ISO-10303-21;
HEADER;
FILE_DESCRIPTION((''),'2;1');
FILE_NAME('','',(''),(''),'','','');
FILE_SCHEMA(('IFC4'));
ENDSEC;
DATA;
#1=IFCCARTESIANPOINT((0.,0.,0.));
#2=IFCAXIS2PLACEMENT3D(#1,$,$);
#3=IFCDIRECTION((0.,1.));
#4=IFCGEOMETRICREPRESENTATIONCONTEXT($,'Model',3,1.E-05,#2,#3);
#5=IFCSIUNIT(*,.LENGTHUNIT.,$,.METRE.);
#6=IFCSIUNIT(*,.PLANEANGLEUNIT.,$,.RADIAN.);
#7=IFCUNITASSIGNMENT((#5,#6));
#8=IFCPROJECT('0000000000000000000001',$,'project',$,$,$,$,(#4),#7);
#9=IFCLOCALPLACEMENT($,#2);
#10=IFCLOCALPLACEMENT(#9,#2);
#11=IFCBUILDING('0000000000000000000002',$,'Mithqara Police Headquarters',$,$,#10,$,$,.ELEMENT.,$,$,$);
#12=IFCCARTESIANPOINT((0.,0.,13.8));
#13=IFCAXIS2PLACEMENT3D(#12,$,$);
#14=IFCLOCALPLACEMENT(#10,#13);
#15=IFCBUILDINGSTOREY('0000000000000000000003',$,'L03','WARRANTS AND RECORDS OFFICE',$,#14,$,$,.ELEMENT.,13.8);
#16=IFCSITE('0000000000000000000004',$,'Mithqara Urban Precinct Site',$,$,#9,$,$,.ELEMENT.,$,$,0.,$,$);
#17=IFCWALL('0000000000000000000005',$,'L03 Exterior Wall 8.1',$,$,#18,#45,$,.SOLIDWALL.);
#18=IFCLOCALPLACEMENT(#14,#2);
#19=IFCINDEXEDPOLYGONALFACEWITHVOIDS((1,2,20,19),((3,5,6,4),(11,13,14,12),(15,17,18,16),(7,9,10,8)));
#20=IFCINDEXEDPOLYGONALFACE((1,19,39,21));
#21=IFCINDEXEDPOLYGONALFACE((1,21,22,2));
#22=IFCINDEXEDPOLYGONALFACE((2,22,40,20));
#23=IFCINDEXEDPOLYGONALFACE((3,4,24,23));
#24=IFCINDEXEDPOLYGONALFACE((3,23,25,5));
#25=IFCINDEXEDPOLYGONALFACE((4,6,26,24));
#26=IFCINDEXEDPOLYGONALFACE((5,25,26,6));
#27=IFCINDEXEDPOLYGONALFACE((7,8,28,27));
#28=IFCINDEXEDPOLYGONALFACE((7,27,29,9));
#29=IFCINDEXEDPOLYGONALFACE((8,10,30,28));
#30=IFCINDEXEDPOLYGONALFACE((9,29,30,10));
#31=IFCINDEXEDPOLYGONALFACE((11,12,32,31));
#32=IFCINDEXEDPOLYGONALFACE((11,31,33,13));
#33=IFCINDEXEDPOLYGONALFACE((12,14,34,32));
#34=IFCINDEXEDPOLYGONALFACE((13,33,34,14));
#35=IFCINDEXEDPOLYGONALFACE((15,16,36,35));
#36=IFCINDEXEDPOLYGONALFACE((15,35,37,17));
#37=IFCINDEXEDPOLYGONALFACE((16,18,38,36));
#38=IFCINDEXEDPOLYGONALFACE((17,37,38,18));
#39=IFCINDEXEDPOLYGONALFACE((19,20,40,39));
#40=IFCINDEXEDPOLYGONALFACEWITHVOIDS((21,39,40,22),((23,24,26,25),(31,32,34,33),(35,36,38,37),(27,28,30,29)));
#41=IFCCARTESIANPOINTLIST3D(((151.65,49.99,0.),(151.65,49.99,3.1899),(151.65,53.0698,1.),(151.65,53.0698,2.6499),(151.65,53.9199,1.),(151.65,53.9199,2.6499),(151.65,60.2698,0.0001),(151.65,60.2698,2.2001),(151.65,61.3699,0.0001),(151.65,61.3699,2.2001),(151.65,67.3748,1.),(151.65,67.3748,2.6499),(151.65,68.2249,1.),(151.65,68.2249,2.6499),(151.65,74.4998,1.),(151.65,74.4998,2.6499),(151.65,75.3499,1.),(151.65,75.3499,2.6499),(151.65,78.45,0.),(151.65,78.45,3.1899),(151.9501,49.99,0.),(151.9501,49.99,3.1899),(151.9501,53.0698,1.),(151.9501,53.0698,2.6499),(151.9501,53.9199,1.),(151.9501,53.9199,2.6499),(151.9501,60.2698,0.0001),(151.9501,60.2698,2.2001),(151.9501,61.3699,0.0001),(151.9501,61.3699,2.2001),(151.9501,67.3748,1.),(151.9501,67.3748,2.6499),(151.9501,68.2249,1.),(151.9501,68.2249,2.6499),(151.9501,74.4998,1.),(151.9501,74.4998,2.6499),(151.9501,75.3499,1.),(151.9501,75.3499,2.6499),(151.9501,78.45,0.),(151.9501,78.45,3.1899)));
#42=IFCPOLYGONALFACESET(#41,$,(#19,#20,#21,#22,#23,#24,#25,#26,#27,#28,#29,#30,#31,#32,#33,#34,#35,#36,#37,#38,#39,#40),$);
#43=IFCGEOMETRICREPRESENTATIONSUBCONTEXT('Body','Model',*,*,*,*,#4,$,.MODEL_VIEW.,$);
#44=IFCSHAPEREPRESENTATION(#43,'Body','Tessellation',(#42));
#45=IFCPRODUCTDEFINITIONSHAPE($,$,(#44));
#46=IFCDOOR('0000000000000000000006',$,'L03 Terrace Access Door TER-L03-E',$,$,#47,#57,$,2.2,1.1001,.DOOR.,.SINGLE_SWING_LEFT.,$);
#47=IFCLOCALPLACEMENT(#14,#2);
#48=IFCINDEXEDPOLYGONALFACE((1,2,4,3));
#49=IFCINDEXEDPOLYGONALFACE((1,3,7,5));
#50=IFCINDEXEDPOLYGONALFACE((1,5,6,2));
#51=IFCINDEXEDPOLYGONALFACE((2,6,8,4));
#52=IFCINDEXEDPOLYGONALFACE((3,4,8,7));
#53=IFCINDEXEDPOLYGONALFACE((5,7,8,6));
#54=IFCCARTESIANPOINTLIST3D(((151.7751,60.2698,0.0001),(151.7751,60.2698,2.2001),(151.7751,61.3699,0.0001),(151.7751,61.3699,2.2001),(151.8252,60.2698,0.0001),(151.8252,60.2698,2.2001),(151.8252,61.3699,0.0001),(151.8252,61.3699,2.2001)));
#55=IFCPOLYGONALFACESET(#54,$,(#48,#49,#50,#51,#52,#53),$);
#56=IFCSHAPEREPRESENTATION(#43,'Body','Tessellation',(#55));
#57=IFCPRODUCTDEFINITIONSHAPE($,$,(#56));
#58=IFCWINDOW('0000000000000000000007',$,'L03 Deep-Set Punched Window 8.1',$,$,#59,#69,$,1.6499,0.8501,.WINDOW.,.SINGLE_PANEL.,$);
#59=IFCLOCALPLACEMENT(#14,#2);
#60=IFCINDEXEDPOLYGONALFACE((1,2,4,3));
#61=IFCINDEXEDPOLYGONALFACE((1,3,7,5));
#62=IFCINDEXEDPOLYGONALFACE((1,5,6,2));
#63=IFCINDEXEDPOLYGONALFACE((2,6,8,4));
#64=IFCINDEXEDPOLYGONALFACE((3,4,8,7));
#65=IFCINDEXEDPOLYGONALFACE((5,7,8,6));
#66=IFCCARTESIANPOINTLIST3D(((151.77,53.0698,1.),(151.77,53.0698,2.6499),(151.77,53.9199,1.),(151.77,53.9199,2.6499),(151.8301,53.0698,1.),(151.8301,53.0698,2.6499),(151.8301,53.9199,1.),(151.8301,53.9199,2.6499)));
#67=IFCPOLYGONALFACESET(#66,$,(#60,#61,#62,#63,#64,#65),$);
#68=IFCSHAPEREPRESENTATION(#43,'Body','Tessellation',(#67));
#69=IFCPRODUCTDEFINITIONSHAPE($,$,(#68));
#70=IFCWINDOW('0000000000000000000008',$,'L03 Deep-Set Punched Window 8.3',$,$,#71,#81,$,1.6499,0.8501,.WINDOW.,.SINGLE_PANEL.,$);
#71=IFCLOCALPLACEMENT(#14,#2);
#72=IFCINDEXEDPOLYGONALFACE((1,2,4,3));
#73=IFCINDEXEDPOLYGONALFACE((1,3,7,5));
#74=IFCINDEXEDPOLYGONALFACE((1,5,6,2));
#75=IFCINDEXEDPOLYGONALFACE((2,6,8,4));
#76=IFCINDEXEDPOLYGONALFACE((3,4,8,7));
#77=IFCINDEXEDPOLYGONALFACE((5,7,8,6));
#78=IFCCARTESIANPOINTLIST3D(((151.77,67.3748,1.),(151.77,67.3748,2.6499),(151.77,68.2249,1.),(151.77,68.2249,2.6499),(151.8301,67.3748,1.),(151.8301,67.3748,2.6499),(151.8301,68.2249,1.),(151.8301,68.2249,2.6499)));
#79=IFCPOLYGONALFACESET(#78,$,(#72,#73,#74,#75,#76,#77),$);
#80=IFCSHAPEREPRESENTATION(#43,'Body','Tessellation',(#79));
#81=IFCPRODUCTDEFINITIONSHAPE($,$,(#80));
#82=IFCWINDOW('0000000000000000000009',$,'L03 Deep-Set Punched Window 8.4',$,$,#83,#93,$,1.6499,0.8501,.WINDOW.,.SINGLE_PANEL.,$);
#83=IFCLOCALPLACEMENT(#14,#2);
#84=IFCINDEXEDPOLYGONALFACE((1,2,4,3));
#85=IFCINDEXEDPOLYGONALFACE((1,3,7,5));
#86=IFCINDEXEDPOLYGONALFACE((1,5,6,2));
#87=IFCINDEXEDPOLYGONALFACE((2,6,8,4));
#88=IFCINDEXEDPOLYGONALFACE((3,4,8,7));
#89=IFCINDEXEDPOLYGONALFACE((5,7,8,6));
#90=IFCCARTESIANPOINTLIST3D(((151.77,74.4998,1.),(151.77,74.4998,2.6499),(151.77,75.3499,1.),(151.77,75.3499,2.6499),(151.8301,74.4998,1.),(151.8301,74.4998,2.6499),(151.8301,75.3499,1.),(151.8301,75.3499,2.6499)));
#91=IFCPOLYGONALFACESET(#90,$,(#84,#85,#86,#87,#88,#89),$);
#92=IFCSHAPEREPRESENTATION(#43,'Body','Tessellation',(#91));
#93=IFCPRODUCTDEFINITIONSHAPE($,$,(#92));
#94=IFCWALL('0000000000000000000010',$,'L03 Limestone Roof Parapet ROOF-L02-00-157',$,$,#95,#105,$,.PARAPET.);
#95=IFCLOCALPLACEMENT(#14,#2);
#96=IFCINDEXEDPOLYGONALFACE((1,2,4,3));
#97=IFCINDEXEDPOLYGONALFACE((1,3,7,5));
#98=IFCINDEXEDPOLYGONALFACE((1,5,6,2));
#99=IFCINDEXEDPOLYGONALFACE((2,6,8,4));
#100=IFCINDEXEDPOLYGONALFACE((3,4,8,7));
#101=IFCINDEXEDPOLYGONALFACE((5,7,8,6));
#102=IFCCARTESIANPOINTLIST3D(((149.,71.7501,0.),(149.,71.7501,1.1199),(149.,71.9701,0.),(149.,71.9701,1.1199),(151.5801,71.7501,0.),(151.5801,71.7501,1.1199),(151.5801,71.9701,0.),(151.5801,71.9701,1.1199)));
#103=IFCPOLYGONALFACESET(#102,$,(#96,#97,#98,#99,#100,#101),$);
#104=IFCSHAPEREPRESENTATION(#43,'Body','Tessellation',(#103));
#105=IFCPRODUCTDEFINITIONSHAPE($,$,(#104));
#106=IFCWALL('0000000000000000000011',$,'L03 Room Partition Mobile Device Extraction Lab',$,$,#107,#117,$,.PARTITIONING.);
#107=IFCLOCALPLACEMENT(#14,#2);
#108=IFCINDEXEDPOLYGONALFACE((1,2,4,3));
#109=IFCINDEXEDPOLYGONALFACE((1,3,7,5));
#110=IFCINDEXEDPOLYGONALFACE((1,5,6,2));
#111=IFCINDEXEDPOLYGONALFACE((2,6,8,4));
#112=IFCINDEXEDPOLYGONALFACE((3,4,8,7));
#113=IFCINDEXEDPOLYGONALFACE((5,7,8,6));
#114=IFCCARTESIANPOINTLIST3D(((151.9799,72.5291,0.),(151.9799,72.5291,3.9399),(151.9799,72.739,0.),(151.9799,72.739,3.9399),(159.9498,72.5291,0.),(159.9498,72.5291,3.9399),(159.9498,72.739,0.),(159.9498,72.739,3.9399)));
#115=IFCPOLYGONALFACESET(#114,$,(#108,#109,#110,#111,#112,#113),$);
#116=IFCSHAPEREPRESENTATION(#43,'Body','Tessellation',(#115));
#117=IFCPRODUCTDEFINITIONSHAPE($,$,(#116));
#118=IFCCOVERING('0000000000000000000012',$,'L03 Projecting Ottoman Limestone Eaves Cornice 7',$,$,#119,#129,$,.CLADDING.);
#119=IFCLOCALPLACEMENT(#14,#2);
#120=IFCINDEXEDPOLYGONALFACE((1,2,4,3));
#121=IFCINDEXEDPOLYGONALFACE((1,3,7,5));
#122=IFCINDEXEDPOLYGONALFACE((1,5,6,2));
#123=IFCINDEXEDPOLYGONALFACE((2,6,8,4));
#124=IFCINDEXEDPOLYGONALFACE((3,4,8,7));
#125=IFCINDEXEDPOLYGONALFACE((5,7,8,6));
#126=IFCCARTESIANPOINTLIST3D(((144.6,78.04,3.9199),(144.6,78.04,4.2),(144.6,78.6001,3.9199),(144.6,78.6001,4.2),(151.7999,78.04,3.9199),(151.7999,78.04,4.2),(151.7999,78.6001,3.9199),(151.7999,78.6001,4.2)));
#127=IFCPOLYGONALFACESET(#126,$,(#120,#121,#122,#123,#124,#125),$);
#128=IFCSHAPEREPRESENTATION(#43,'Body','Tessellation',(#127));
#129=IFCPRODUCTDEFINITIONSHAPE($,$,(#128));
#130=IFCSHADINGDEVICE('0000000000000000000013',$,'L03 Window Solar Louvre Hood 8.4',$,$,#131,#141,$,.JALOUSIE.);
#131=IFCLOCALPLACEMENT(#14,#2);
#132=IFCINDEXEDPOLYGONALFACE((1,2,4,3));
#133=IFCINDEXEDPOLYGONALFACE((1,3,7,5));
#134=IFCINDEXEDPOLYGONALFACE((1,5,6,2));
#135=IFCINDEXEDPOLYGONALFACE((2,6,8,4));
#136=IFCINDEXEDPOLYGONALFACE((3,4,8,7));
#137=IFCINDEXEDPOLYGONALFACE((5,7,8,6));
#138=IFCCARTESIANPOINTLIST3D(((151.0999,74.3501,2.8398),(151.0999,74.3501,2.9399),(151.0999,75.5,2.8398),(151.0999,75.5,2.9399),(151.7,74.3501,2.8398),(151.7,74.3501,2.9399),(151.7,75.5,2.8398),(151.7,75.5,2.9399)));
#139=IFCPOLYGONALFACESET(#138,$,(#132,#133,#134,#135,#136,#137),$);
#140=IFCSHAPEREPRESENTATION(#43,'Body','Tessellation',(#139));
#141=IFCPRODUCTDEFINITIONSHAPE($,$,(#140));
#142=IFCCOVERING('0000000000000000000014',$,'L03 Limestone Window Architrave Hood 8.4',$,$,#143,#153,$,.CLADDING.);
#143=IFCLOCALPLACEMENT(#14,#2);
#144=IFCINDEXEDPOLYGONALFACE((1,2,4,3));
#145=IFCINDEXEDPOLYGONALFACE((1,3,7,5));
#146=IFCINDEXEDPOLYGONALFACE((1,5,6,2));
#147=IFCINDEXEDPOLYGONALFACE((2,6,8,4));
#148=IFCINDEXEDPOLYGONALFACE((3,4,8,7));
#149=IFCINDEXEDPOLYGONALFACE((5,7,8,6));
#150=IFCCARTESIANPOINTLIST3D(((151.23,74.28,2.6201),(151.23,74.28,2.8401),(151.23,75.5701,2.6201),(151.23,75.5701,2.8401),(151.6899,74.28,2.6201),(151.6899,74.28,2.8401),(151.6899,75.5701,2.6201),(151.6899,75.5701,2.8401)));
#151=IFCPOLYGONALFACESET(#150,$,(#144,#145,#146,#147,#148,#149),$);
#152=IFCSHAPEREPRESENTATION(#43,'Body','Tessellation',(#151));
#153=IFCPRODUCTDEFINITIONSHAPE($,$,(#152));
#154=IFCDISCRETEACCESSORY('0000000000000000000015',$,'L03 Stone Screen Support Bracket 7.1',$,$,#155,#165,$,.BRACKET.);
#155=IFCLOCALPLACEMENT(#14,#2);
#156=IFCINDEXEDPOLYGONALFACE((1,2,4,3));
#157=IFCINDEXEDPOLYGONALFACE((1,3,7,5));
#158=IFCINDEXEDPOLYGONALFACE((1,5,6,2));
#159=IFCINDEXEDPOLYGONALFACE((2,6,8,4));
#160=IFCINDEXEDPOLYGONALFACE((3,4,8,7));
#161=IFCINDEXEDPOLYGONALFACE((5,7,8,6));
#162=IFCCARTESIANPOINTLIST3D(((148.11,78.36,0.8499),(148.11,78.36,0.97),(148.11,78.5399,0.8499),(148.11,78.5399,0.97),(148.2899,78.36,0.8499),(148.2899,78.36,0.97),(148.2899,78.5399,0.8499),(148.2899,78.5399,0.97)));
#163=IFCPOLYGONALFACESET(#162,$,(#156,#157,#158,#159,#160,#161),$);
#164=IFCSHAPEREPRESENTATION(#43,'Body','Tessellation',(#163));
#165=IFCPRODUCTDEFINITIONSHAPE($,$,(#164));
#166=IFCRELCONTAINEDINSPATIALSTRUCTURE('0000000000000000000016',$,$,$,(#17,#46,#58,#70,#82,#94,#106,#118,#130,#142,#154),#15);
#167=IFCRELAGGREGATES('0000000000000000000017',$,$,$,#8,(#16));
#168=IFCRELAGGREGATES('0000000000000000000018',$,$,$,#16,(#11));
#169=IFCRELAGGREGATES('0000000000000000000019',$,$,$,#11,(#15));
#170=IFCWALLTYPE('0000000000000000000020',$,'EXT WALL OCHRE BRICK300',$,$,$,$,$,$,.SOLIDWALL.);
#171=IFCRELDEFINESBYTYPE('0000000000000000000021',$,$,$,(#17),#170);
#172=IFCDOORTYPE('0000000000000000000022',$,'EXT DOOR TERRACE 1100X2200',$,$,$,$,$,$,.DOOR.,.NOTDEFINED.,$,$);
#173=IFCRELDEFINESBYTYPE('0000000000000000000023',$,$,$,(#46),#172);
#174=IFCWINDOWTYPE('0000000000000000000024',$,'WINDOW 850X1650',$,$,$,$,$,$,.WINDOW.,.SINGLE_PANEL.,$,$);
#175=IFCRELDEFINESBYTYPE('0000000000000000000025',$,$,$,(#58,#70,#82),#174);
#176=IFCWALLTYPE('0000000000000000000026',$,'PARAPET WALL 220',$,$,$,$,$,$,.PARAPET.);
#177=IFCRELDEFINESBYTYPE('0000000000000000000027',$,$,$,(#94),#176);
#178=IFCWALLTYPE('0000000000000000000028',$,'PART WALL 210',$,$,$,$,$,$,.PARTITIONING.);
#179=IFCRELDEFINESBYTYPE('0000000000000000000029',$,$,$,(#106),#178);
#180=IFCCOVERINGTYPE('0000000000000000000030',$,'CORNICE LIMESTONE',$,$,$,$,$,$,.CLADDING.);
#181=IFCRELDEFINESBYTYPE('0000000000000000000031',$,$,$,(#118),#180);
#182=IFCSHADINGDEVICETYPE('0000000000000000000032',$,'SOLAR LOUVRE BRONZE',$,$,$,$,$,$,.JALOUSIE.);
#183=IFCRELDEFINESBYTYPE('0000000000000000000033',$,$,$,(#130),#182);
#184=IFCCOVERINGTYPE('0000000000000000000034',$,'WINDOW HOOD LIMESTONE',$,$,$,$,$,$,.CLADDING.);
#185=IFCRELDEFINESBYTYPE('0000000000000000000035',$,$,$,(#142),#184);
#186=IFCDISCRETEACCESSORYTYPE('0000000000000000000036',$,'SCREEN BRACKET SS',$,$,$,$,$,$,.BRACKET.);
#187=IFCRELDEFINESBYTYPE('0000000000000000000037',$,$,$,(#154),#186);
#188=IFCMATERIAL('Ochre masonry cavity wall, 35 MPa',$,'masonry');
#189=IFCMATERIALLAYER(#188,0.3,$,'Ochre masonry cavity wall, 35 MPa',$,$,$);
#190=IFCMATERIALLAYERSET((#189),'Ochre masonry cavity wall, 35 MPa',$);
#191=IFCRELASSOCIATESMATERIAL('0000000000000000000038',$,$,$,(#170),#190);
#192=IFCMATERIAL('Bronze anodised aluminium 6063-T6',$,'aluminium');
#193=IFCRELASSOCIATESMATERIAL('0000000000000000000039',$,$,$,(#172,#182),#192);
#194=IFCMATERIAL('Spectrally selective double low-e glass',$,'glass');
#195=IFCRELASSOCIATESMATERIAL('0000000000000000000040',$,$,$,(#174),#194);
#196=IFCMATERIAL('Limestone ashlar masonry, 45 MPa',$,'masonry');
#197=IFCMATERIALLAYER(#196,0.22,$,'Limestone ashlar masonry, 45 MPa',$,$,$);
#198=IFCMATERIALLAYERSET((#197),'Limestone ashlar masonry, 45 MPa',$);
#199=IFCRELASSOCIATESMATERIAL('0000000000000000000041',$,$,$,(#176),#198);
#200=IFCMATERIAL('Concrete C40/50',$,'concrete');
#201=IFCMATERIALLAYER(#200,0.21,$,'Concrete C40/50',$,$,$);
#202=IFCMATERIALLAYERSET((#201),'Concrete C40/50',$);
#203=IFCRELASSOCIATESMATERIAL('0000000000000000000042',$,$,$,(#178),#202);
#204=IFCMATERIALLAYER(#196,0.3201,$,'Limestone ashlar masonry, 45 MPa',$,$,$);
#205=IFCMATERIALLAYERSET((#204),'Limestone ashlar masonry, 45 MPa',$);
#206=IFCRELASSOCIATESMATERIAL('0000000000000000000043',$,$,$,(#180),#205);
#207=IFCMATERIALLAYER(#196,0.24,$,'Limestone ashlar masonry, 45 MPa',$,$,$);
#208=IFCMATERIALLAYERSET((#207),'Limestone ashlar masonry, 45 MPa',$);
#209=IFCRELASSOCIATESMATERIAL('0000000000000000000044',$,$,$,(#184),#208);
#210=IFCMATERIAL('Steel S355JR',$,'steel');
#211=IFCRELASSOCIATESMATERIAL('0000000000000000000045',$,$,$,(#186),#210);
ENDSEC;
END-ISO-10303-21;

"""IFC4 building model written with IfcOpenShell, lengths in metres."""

from ifc_helpers import new_model, si_unit, direction, frame, frame_2d, origin, origin_2d, place, context, subcontext, project, spatial, rectangle, extrude, material, layer, layer_set, type_object, element, fill, save


model = new_model("IFC4")

# Units and contexts
model_context = context("Model", 3, precision=1e-05, world=origin(), true_north=direction((0.0, 1.0)))
body_context = subcontext(model_context, "Body", "Model", "MODEL_VIEW")
ifc_project = project(units=[si_unit("LENGTHUNIT", "METRE"), si_unit("PLANEANGLEUNIT", "RADIAN")], contexts=[model_context])

# Site, building, storey
site_placement = place(None, origin())
site = spatial("IfcSite", under=ifc_project, at=site_placement, Name="Mithqara Urban Precinct Site", CompositionType="ELEMENT", RefElevation=0.0)
building_placement = place(site_placement, origin())
building = spatial("IfcBuilding", under=site, at=building_placement, Name="Mithqara Police Headquarters", CompositionType="ELEMENT")
storey_placement = place(building_placement, frame((0.0, 0.0, 13.8)))
storey = spatial("IfcBuildingStorey", under=building, at=storey_placement, Name="L03", Description="WARRANTS AND RECORDS OFFICE", CompositionType="ELEMENT", Elevation=13.8)

# Shared definitions
ifc_material_1 = material(Name="Steel S355JR", Category="steel")
ifc_material_2 = material(Name="Concrete C40/50", Category="concrete")

# Shared definitions
ifc_material_3 = material(Name="Limestone ashlar masonry, 45 MPa", Category="masonry")

# Wall, openings, door, windows
ifc_material_4 = material(Name="Ochre masonry cavity wall, 35 MPa", Category="masonry")
ifc_layer_1 = layer(ifc_material_4, 0.3, Name="Ochre masonry cavity wall, 35 MPa")
ifc_layer_set_1 = layer_set([ifc_layer_1], Name="Ochre masonry cavity wall, 35 MPa")
wall_type_1 = type_object("IfcWallType", Name="EXT WALL OCHRE BRICK300", PredefinedType="SOLIDWALL", material=ifc_layer_set_1)
wall_1_placement = place(storey_placement, frame((151.8, 78.45, 0.0), z_axis=(0.0, 0.0, 1.0), x_axis=(0.0, -1.0, 0.0)))
wall_1 = element("IfcWall", 1, at=wall_1_placement, inside=storey, type_object=wall_type_1, Name="L03 Exterior Wall 8.1", PredefinedType="SOLIDWALL", context=body_context, shape_type="SweptSolid", body=[
    extrude(rectangle(XDim=28.46, YDim=0.3, at=frame_2d((14.23, 0.0))), origin(), (0.0, 0.0, 1.0), 3.1899),
])
opening_1_placement = place(wall_1_placement, frame((17.0801, 0.0, 0.0)))
opening_1 = element("IfcOpeningElement", 2, at=opening_1_placement, cuts=wall_1, PredefinedType="OPENING", context=body_context, shape_type="SweptSolid", body=[
    extrude(rectangle(XDim=1.1001, YDim=2.2, at=frame_2d((0.55, 1.1001))), frame((0.0, 0.1602, 0.0), z_axis=(0.0, -1.0, 0.0), x_axis=(1.0, 0.0, 0.0)), (0.0, 0.0, 1.0), 0.3201),
])
opening_2_placement = place(wall_1_placement, frame((24.53, 0.0, 1.0)))
opening_2 = element("IfcOpeningElement", 3, at=opening_2_placement, cuts=wall_1, PredefinedType="OPENING", context=body_context, shape_type="SweptSolid", body=[
    extrude(rectangle(XDim=0.8501, YDim=1.6499, at=frame_2d((0.425, 0.825))), frame((0.0, 0.1602, 0.0), z_axis=(0.0, -1.0, 0.0), x_axis=(1.0, 0.0, 0.0)), (0.0, 0.0, 1.0), 0.3201),
])
opening_3_placement = place(wall_1_placement, frame((10.2251, 0.0, 1.0)))
opening_3 = element("IfcOpeningElement", 4, at=opening_3_placement, cuts=wall_1, PredefinedType="OPENING", context=body_context, shape_type="SweptSolid", body=[
    extrude(rectangle(XDim=0.8501, YDim=1.6499, at=frame_2d((0.425, 0.825))), frame((0.0, 0.1602, 0.0), z_axis=(0.0, -1.0, 0.0), x_axis=(1.0, 0.0, 0.0)), (0.0, 0.0, 1.0), 0.3201),
])
opening_4_placement = place(wall_1_placement, frame((3.1001, 0.0, 1.0)))
opening_4 = element("IfcOpeningElement", 5, at=opening_4_placement, cuts=wall_1, PredefinedType="OPENING", context=body_context, shape_type="SweptSolid", body=[
    extrude(rectangle(XDim=0.8501, YDim=1.6499, at=frame_2d((0.425, 0.825))), frame((0.0, 0.1602, 0.0), z_axis=(0.0, -1.0, 0.0), x_axis=(1.0, 0.0, 0.0)), (0.0, 0.0, 1.0), 0.3201),
])
ifc_material_5 = material(Name="Bronze anodised aluminium 6063-T6", Category="aluminium")
door_type = type_object("IfcDoorType", Name="EXT DOOR TERRACE 1100X2200", OperationType="NOTDEFINED", PredefinedType="DOOR", material=ifc_material_5)
door_placement = place(opening_1_placement, frame((1.1001, 0.0, 0.0), z_axis=(0.0, 0.0, 1.0), x_axis=(-1.0, 0.0, 0.0)))
door = element("IfcDoor", 6, at=door_placement, inside=storey, type_object=door_type, Name="L03 Terrace Access Door TER-L03-E", OperationType="SINGLE_SWING_LEFT", OverallHeight=2.2, OverallWidth=1.1001, PredefinedType="DOOR", context=body_context, shape_type="SweptSolid", body=[
    extrude(rectangle(XDim=1.1001, YDim=2.2, at=frame_2d((0.55, 1.1001))), frame((0.0, 0.0249, 0.0), z_axis=(0.0, -1.0, 0.0), x_axis=(1.0, 0.0, 0.0)), (0.0, 0.0, 1.0), 0.05),
])
fill(opening_1, door)
ifc_material_6 = material(Name="Spectrally selective double low-e glass", Category="glass")
window_type = type_object("IfcWindowType", Name="WINDOW 850X1650", PartitioningType="SINGLE_PANEL", PredefinedType="WINDOW", material=ifc_material_6)
window_1_placement = place(opening_2_placement, origin())
window_1 = element("IfcWindow", 7, at=window_1_placement, inside=storey, type_object=window_type, Name="L03 Deep-Set Punched Window 8.1", OverallHeight=1.6499, OverallWidth=0.8501, PartitioningType="SINGLE_PANEL", PredefinedType="WINDOW", context=body_context, shape_type="SweptSolid", body=[
    extrude(rectangle(XDim=0.8501, YDim=1.6499, at=frame_2d((0.425, 0.825))), frame((0.0, 0.03, 0.0), z_axis=(0.0, -1.0, 0.0), x_axis=(1.0, 0.0, 0.0)), (0.0, 0.0, 1.0), 0.0601),
])
fill(opening_2, window_1)
window_2_placement = place(opening_3_placement, origin())
window_2 = element("IfcWindow", 8, at=window_2_placement, inside=storey, type_object=window_type, Name="L03 Deep-Set Punched Window 8.3", OverallHeight=1.6499, OverallWidth=0.8501, PartitioningType="SINGLE_PANEL", PredefinedType="WINDOW", context=body_context, shape_type="SweptSolid", body=[
    extrude(rectangle(XDim=0.8501, YDim=1.6499, at=frame_2d((0.425, 0.825))), frame((0.0, 0.03, 0.0), z_axis=(0.0, -1.0, 0.0), x_axis=(1.0, 0.0, 0.0)), (0.0, 0.0, 1.0), 0.0601),
])
fill(opening_3, window_2)
window_3_placement = place(opening_4_placement, origin())
window_3 = element("IfcWindow", 9, at=window_3_placement, inside=storey, type_object=window_type, Name="L03 Deep-Set Punched Window 8.4", OverallHeight=1.6499, OverallWidth=0.8501, PartitioningType="SINGLE_PANEL", PredefinedType="WINDOW", context=body_context, shape_type="SweptSolid", body=[
    extrude(rectangle(XDim=0.8501, YDim=1.6499, at=frame_2d((0.425, 0.825))), frame((0.0, 0.03, 0.0), z_axis=(0.0, -1.0, 0.0), x_axis=(1.0, 0.0, 0.0)), (0.0, 0.0, 1.0), 0.0601),
])
fill(opening_4, window_3)

# Walls
ifc_layer_2 = layer(ifc_material_3, 0.22, Name="Limestone ashlar masonry, 45 MPa")
ifc_layer_set_2 = layer_set([ifc_layer_2], Name="Limestone ashlar masonry, 45 MPa")
wall_type_2 = type_object("IfcWallType", Name="PARAPET WALL 220", PredefinedType="PARAPET", material=ifc_layer_set_2)
wall_2_placement = place(storey_placement, frame((151.5801, 71.8601, 0.0), z_axis=(0.0, 0.0, 1.0), x_axis=(-1.0, 0.0, 0.0)))
element("IfcWall", 10, at=wall_2_placement, inside=storey, type_object=wall_type_2, Name="L03 Limestone Roof Parapet ROOF-L02-00-157", PredefinedType="PARAPET", context=body_context, shape_type="SweptSolid", body=[
    extrude(rectangle(XDim=2.5801, YDim=0.22, at=frame_2d((1.29, 0.0))), origin(), (0.0, 0.0, 1.0), 1.1199),
])
ifc_layer_3 = layer(ifc_material_2, 0.21, Name="Concrete C40/50")
ifc_layer_set_3 = layer_set([ifc_layer_3], Name="Concrete C40/50")
wall_type_3 = type_object("IfcWallType", Name="PART WALL 210", PredefinedType="PARTITIONING", material=ifc_layer_set_3)
wall_3_placement = place(storey_placement, frame((151.98, 72.634, 0.0), z_axis=(0.0, 0.0, 1.0), x_axis=(1.0, 0.0, 0.0)))
element("IfcWall", 11, at=wall_3_placement, inside=storey, type_object=wall_type_3, Name="L03 Room Partition Mobile Device Extraction Lab", PredefinedType="PARTITIONING", context=body_context, shape_type="SweptSolid", body=[
    extrude(rectangle(XDim=7.97, YDim=0.21, at=frame_2d((3.9849, 0.0))), origin(), (0.0, 0.0, 1.0), 3.9399),
])

# Covering
ifc_layer_4 = layer(ifc_material_3, 0.3201, Name="Limestone ashlar masonry, 45 MPa")
ifc_layer_set_4 = layer_set([ifc_layer_4], Name="Limestone ashlar masonry, 45 MPa")
covering_type_1 = type_object("IfcCoveringType", Name="CORNICE LIMESTONE", PredefinedType="CLADDING", material=ifc_layer_set_4)
covering_1_placement = place(storey_placement, frame((148.2, 78.3201, 3.9199), z_axis=(0.0, 0.0, 1.0), x_axis=(1.0, 0.0, 0.0)))
element("IfcCovering", 12, at=covering_1_placement, inside=storey, type_object=covering_type_1, Name="L03 Projecting Ottoman Limestone Eaves Cornice 7", PredefinedType="CLADDING", context=body_context, shape_type="SweptSolid", body=[
    extrude(rectangle(XDim=7.2, YDim=0.5601, at=origin_2d()), origin(), (0.0, 0.0, 1.0), 0.28),
])

# Shading device
shading_device_type = type_object("IfcShadingDeviceType", Name="SOLAR LOUVRE BRONZE", PredefinedType="JALOUSIE", material=ifc_material_5)
shading_device_placement = place(storey_placement, frame((151.3999, 74.925, 2.8398), z_axis=(0.0, 0.0, 1.0), x_axis=(0.0, 1.0, 0.0)))
element("IfcShadingDevice", 13, at=shading_device_placement, inside=storey, type_object=shading_device_type, Name="L03 Window Solar Louvre Hood 8.4", PredefinedType="JALOUSIE", context=body_context, shape_type="SweptSolid", body=[
    extrude(rectangle(XDim=1.1499, YDim=0.6001, at=origin_2d()), origin(), (0.0, 0.0, 1.0), 0.1001),
])

# Covering
ifc_layer_5 = layer(ifc_material_3, 0.24, Name="Limestone ashlar masonry, 45 MPa")
ifc_layer_set_5 = layer_set([ifc_layer_5], Name="Limestone ashlar masonry, 45 MPa")
covering_type_2 = type_object("IfcCoveringType", Name="WINDOW HOOD LIMESTONE", PredefinedType="CLADDING", material=ifc_layer_set_5)
covering_2_placement = place(storey_placement, frame((151.46, 74.925, 2.6201), z_axis=(0.0, 0.0, 1.0), x_axis=(0.0, 1.0, 0.0)))
element("IfcCovering", 14, at=covering_2_placement, inside=storey, type_object=covering_type_2, Name="L03 Limestone Window Architrave Hood 8.4", PredefinedType="CLADDING", context=body_context, shape_type="SweptSolid", body=[
    extrude(rectangle(XDim=1.29, YDim=0.46, at=origin_2d()), origin(), (0.0, 0.0, 1.0), 0.22),
])

# Discrete accessory
discrete_accessory_type = type_object("IfcDiscreteAccessoryType", Name="SCREEN BRACKET SS", PredefinedType="BRACKET", material=ifc_material_1)
discrete_accessory_placement = place(storey_placement, frame((148.2, 78.45, 0.8499), z_axis=(0.0, 0.0, 1.0), x_axis=(1.0, 0.0, 0.0)))
element("IfcDiscreteAccessory", 15, at=discrete_accessory_placement, inside=storey, type_object=discrete_accessory_type, Name="L03 Stone Screen Support Bracket 7.1", PredefinedType="BRACKET", context=body_context, shape_type="SweptSolid", body=[
    extrude(rectangle(XDim=0.1799, YDim=0.1799, at=origin_2d()), origin(), (0.0, 0.0, 1.0), 0.1201),
])

save(model, "model.ifc")
